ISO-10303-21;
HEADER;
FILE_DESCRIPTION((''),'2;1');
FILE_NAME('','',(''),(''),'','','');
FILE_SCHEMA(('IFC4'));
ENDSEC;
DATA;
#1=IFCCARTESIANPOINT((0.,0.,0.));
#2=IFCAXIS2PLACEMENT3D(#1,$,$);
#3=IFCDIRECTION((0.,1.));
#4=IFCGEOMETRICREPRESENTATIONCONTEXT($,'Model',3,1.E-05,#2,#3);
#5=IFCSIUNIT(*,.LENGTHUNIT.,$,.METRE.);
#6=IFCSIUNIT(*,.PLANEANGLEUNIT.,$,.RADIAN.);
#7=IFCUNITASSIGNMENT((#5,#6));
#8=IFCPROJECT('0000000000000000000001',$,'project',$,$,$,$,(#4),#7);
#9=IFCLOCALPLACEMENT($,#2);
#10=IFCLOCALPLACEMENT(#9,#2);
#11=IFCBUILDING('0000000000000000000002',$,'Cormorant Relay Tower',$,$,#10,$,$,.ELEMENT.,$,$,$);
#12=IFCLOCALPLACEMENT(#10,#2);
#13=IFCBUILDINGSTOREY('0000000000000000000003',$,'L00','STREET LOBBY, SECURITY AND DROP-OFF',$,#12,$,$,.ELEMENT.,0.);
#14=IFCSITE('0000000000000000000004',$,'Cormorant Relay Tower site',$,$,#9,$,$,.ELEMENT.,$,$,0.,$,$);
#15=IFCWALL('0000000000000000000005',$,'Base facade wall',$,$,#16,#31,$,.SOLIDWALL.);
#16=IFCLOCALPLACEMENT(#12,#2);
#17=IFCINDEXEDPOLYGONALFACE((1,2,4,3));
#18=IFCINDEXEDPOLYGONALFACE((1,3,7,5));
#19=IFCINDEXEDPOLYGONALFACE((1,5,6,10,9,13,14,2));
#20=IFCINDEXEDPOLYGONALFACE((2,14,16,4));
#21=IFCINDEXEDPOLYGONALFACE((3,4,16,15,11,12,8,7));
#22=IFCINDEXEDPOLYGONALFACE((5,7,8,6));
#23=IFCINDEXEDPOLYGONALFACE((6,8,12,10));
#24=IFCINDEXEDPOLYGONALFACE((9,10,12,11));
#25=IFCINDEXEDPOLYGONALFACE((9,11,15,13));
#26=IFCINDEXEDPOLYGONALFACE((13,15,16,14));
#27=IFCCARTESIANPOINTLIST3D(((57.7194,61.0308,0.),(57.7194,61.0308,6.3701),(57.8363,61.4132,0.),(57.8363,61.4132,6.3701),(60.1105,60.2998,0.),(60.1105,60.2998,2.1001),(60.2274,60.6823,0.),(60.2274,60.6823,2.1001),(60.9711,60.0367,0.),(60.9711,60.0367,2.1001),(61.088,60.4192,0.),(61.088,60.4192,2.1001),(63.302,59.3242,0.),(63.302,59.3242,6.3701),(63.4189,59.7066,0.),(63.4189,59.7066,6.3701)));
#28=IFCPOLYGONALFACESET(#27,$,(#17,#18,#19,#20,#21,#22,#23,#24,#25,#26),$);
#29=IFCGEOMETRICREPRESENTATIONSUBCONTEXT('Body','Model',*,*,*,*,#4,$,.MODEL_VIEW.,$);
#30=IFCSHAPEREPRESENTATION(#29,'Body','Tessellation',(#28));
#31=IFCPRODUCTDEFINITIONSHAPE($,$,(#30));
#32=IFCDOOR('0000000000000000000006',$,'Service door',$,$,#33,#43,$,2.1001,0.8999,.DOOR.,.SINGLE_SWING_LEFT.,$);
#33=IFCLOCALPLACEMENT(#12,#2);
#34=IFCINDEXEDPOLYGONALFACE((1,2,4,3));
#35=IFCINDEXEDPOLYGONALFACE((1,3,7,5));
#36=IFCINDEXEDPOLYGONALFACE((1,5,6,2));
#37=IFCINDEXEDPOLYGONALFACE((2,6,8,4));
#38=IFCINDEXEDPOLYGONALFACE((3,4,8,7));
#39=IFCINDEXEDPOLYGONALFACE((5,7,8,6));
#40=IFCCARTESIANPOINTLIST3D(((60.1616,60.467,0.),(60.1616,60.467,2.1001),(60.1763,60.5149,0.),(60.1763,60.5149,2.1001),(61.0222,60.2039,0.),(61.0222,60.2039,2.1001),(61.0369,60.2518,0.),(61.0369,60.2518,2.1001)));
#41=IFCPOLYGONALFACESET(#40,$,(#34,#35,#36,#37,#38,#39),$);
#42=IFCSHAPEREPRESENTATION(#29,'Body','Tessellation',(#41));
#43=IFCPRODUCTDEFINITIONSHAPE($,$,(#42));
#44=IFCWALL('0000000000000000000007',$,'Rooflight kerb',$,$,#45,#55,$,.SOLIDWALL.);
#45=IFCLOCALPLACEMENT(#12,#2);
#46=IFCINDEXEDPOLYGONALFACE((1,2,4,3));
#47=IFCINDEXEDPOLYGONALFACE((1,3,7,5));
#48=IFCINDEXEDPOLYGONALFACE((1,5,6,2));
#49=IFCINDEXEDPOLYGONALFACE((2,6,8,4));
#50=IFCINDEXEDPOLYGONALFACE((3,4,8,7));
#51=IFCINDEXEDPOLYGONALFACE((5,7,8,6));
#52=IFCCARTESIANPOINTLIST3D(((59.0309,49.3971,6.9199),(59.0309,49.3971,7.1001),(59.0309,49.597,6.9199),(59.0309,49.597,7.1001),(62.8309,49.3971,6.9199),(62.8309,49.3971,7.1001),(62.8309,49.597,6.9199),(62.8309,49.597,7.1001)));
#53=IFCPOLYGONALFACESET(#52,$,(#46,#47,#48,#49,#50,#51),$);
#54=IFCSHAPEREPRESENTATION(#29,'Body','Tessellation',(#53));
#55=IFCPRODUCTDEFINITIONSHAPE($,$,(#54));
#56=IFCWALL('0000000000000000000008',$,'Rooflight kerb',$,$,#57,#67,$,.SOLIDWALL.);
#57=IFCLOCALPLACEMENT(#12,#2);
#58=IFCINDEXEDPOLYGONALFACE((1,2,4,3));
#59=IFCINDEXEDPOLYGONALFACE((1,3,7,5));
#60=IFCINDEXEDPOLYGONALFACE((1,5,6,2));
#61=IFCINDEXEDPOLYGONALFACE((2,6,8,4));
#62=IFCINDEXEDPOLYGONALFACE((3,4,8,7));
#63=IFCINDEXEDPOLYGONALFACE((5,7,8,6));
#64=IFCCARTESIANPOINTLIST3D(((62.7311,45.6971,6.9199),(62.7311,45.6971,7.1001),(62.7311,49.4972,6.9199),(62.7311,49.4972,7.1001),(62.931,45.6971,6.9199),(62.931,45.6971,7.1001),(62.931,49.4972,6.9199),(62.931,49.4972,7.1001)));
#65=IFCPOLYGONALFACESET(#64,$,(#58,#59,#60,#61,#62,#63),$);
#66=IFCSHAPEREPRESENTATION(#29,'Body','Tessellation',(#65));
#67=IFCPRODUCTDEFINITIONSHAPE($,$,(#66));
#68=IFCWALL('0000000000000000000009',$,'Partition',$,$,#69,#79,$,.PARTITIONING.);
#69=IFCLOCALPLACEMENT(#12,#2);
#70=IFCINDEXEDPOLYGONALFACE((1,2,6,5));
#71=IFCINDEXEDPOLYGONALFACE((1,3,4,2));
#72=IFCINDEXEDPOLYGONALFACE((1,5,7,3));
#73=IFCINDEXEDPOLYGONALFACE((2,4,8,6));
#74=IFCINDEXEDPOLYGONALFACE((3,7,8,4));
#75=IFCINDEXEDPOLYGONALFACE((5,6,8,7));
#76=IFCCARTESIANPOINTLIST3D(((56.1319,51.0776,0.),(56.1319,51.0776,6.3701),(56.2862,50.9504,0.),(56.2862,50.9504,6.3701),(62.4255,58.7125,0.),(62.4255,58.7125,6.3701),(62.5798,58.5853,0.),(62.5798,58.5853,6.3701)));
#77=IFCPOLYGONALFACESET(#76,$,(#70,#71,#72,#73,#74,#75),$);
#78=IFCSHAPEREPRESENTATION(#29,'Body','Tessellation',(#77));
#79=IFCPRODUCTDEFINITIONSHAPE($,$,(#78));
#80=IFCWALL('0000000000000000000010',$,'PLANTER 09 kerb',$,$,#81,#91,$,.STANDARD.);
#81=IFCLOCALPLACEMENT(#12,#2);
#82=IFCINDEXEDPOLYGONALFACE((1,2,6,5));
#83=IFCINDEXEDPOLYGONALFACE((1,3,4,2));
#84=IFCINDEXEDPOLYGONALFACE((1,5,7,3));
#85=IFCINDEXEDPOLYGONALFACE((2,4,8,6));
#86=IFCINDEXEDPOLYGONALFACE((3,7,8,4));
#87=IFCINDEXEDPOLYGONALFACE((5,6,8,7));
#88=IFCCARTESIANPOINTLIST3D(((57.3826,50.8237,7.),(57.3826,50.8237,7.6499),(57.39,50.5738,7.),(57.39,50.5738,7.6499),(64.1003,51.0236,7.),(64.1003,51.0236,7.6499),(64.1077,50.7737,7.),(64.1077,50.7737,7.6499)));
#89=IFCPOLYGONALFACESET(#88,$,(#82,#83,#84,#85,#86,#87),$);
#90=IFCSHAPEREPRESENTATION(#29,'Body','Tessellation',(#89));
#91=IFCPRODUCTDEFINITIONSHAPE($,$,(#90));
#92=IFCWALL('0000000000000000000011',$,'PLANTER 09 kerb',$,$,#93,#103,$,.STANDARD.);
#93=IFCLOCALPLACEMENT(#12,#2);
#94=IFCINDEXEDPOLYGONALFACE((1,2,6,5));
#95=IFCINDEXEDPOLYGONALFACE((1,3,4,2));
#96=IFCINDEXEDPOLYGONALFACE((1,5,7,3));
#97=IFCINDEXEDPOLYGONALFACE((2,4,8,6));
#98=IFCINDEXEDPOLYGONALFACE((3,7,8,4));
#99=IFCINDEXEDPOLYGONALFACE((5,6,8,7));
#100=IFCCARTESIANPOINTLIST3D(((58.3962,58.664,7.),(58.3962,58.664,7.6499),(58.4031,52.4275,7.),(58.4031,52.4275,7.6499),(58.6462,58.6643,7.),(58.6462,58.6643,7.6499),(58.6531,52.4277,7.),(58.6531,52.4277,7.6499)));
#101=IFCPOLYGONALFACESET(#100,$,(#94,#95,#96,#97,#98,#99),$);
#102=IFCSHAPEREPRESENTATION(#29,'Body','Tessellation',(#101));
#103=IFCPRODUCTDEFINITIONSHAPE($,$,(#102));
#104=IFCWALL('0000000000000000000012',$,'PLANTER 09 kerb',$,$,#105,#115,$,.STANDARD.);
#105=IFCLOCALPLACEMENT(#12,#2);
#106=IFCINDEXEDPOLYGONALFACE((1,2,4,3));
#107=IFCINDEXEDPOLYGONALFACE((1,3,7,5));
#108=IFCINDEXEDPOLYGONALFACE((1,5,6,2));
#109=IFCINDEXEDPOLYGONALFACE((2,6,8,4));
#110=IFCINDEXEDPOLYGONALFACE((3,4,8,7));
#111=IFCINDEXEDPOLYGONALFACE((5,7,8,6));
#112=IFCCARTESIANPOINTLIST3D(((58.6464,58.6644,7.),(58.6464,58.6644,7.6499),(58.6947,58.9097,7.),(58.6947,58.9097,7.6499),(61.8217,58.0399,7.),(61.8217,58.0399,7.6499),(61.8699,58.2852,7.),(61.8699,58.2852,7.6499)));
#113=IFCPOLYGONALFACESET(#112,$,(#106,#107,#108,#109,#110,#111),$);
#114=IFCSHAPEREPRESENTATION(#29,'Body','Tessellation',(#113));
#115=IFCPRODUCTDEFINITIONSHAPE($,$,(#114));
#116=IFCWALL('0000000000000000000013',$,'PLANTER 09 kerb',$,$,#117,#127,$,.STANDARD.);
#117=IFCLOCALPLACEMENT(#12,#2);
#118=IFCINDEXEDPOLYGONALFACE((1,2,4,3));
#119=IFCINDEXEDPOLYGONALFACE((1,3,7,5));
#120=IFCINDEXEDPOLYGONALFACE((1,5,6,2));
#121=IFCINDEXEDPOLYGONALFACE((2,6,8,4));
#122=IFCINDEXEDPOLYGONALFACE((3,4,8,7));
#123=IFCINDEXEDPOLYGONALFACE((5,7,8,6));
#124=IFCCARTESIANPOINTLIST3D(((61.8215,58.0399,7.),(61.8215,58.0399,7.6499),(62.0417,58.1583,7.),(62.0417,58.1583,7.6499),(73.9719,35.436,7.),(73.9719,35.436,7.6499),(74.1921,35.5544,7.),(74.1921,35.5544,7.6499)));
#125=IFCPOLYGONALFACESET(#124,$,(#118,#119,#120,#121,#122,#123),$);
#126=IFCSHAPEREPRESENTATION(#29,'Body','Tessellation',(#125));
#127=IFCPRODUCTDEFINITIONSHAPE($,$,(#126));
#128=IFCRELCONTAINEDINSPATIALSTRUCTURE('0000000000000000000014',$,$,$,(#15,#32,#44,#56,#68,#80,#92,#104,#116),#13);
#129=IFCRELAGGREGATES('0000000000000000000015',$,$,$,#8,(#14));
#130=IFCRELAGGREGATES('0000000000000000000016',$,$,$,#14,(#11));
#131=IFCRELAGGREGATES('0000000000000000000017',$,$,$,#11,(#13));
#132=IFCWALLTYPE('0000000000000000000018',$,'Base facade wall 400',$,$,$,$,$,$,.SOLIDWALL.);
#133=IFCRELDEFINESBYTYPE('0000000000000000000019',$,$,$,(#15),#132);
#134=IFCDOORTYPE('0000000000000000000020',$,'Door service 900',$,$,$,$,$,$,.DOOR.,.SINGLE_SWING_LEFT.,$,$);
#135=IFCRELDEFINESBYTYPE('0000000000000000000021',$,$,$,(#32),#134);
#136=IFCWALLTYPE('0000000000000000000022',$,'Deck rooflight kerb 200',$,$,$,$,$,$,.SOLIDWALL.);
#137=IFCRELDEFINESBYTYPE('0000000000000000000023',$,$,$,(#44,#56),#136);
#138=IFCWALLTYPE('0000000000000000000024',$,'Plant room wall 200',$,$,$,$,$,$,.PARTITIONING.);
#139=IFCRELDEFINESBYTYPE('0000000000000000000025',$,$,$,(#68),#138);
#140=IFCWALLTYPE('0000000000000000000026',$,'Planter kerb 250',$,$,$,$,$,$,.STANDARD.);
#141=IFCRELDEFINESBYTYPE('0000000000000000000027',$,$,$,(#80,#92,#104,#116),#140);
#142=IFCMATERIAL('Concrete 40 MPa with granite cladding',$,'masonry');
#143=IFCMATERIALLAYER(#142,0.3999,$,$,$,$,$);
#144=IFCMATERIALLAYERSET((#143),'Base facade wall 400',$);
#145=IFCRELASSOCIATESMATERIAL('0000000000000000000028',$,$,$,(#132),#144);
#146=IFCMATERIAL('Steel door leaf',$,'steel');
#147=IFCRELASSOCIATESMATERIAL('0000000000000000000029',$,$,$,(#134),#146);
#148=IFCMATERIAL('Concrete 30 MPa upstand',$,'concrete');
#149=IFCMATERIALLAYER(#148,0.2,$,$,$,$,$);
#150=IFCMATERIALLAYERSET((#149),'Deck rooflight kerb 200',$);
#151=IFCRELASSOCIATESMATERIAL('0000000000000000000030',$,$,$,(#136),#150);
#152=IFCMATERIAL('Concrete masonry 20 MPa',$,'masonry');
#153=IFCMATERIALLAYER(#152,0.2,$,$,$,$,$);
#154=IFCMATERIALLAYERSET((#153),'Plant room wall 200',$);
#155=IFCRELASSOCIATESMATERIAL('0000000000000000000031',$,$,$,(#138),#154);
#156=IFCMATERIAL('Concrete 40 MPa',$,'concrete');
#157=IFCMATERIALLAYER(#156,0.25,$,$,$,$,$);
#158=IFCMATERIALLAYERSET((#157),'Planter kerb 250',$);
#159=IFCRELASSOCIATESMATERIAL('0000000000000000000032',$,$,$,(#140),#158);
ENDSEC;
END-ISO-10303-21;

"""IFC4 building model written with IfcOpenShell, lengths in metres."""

from ifc_helpers import new_model, si_unit, direction, frame, frame_2d, origin, place, context, subcontext, project, spatial, rectangle, extrude, material, layer, layer_set, type_object, element, fill, save


model = new_model("IFC4")

# Units and contexts
model_context = context("Model", 3, precision=1e-05, world=origin(), true_north=direction((0.0, 1.0)))
body_context = subcontext(model_context, "Body", "Model", "MODEL_VIEW")
ifc_project = project(units=[si_unit("LENGTHUNIT", "METRE"), si_unit("PLANEANGLEUNIT", "RADIAN")], contexts=[model_context])

# Site, building, storey
site_placement = place(None, origin())
site = spatial("IfcSite", under=ifc_project, at=site_placement, Name="Cormorant Relay Tower site", CompositionType="ELEMENT", RefElevation=0.0)
building_placement = place(site_placement, origin())
building = spatial("IfcBuilding", under=site, at=building_placement, Name="Cormorant Relay Tower", CompositionType="ELEMENT")
storey_placement = place(building_placement, origin())
storey = spatial("IfcBuildingStorey", under=building, at=storey_placement, Name="L00", Description="STREET LOBBY, SECURITY AND DROP-OFF", CompositionType="ELEMENT", Elevation=0.0)

# Wall, opening, door
ifc_material_1 = material(Name="Concrete 40 MPa with granite cladding", Category="masonry")
ifc_layer_1 = layer(ifc_material_1, 0.3999)
ifc_layer_set_1 = layer_set([ifc_layer_1], Name="Base facade wall 400")
wall_type_1 = type_object("IfcWallType", Name="Base facade wall 400", PredefinedType="SOLIDWALL", material=ifc_layer_set_1)
ifc_material_2 = material(Name="Steel door leaf", Category="steel")
door_type = type_object("IfcDoorType", Name="Door service 900", OperationType="SINGLE_SWING_LEFT", PredefinedType="DOOR", material=ifc_material_2)
wall_1_placement = place(storey_placement, frame((63.3606, 59.5154, 0.0), z_axis=(0.0, 0.0, 1.0), x_axis=(-0.956315, 0.29234, 0.0)))
wall_1 = element("IfcWall", 1, at=wall_1_placement, inside=storey, type_object=wall_type_1, Name="Base facade wall", PredefinedType="SOLIDWALL", context=body_context, shape_type="SweptSolid", body=[
    extrude(rectangle(XDim=5.8376, YDim=0.3999, at=frame_2d((2.9189, 0.0))), origin(), (0.0, 0.0, 1.0), 6.3701),
])
opening_1_placement = place(wall_1_placement, frame((2.4375, 0.0, 0.0)))
opening_1 = element("IfcOpeningElement", 2, at=opening_1_placement, cuts=wall_1, PredefinedType="OPENING", context=body_context, shape_type="SweptSolid", body=[
    extrude(rectangle(XDim=0.8999, YDim=2.1001, at=frame_2d((0.45, 1.05))), frame((0.0, 0.21, 0.0), z_axis=(0.0, -1.0, 0.0), x_axis=(1.0, 0.0, 0.0)), (0.0, 0.0, 1.0), 0.4199),
])
door_1_placement = place(opening_1_placement, frame((0.8999, 0.0, 0.0), z_axis=(0.0, 0.0, 1.0), x_axis=(-1.0, 0.0, 0.0)))
door_1 = element("IfcDoor", 3, at=door_1_placement, inside=storey, type_object=door_type, Name="Service door", OperationType="SINGLE_SWING_LEFT", OverallHeight=2.1001, OverallWidth=0.8999, PredefinedType="DOOR", context=body_context, shape_type="SweptSolid", body=[
    extrude(rectangle(XDim=0.8999, YDim=2.1001, at=frame_2d((0.45, 1.05))), frame((0.0, 0.0249, 0.0), z_axis=(0.0, -1.0, 0.0), x_axis=(1.0, 0.0, 0.0)), (0.0, 0.0, 1.0), 0.05),
])
fill(opening_1, door_1)

# Walls
ifc_material_3 = material(Name="Concrete 30 MPa upstand", Category="concrete")
ifc_layer_2 = layer(ifc_material_3, 0.2)
ifc_layer_set_2 = layer_set([ifc_layer_2], Name="Deck rooflight kerb 200")
wall_type_2 = type_object("IfcWallType", Name="Deck rooflight kerb 200", PredefinedType="SOLIDWALL", material=ifc_layer_set_2)
for number, where, z_axis, x_axis, name in (
    (4, (59.031, 49.4971, 6.9199), (0.0, 0.0, 1.0), (1.0, 0.0, 0.0), "Rooflight kerb"),
    (5, (62.8311, 49.4971, 6.9199), (0.0, 0.0, 1.0), (0.0, -1.0, 0.0), "Rooflight kerb"),
):
    element("IfcWall", number, at=place(storey_placement, frame(where, z_axis=z_axis, x_axis=x_axis)), inside=storey, type_object=wall_type_2, Name=name, PredefinedType="SOLIDWALL", context=body_context, shape_type="SweptSolid", body=[
        extrude(rectangle(XDim=3.8, YDim=0.2, at=frame_2d((1.8999, 0.0))), origin(), (0.0, 0.0, 1.0), 0.1802),
    ])
ifc_material_4 = material(Name="Concrete masonry 20 MPa", Category="masonry")
ifc_layer_3 = layer(ifc_material_4, 0.2)
ifc_layer_set_3 = layer_set([ifc_layer_3], Name="Plant room wall 200")
wall_type_3 = type_object("IfcWallType", Name="Plant room wall 200", PredefinedType="PARTITIONING", material=ifc_layer_set_3)
wall_2_placement = place(storey_placement, frame((62.5027, 58.6489, 0.0), z_axis=(0.0, 0.0, 1.0), x_axis=(-0.636071, -0.77163, 0.0)))
element("IfcWall", 6, at=wall_2_placement, inside=storey, type_object=wall_type_3, Name="Partition", PredefinedType="PARTITIONING", context=body_context, shape_type="SweptSolid", body=[
    extrude(rectangle(XDim=9.8945, YDim=0.2, at=frame_2d((4.9473, 0.0))), origin(), (0.0, 0.0, 1.0), 6.3701),
])
ifc_material_5 = material(Name="Concrete 40 MPa", Category="concrete")
ifc_layer_4 = layer(ifc_material_5, 0.25)
ifc_layer_set_4 = layer_set([ifc_layer_4], Name="Planter kerb 250")
wall_type_4 = type_object("IfcWallType", Name="Planter kerb 250", PredefinedType="STANDARD", material=ifc_layer_set_4)
wall_3_placement = place(storey_placement, frame((64.104, 50.8987, 7.0), z_axis=(0.0, 0.0, 1.0), x_axis=(-0.999557, -0.029751, 0.0)))
element("IfcWall", 7, at=wall_3_placement, inside=storey, type_object=wall_type_4, Name="PLANTER 09 kerb", PredefinedType="STANDARD", context=body_context, shape_type="SweptSolid", body=[
    extrude(rectangle(XDim=6.7207, YDim=0.25, at=frame_2d((3.3604, 0.0))), origin(), (0.0, 0.0, 1.0), 0.6499),
])
wall_4_placement = place(storey_placement, frame((58.5281, 52.4277, 7.0), z_axis=(0.0, 0.0, 1.0), x_axis=(-0.001096, 0.999999, 0.0)))
element("IfcWall", 8, at=wall_4_placement, inside=storey, type_object=wall_type_4, Name="PLANTER 09 kerb", PredefinedType="STANDARD", context=body_context, shape_type="SweptSolid", body=[
    extrude(rectangle(XDim=6.2366, YDim=0.25, at=frame_2d((3.1182, 0.0))), origin(), (0.0, 0.0, 1.0), 0.6499),
])
wall_5_placement = place(storey_placement, frame((58.6704, 58.7871, 7.0), z_axis=(0.0, 0.0, 1.0), x_axis=(0.981202, -0.192981, 0.0)))
element("IfcWall", 9, at=wall_5_placement, inside=storey, type_object=wall_type_4, Name="PLANTER 09 kerb", PredefinedType="STANDARD", context=body_context, shape_type="SweptSolid", body=[
    extrude(rectangle(XDim=3.2361, YDim=0.25, at=frame_2d((1.6182, 0.0))), origin(), (0.0, 0.0, 1.0), 0.6499),
])
wall_6_placement = place(storey_placement, frame((61.9316, 58.0991, 7.0), z_axis=(0.0, 0.0, 1.0), x_axis=(0.473465, -0.880812, 0.0)))
element("IfcWall", 10, at=wall_6_placement, inside=storey, type_object=wall_type_4, Name="PLANTER 09 kerb", PredefinedType="STANDARD", context=body_context, shape_type="SweptSolid", body=[
    extrude(rectangle(XDim=25.6626, YDim=0.25, at=frame_2d((12.8313, 0.0))), origin(), (0.0, 0.0, 1.0), 0.6499),
])

save(model, "model.ifc")
